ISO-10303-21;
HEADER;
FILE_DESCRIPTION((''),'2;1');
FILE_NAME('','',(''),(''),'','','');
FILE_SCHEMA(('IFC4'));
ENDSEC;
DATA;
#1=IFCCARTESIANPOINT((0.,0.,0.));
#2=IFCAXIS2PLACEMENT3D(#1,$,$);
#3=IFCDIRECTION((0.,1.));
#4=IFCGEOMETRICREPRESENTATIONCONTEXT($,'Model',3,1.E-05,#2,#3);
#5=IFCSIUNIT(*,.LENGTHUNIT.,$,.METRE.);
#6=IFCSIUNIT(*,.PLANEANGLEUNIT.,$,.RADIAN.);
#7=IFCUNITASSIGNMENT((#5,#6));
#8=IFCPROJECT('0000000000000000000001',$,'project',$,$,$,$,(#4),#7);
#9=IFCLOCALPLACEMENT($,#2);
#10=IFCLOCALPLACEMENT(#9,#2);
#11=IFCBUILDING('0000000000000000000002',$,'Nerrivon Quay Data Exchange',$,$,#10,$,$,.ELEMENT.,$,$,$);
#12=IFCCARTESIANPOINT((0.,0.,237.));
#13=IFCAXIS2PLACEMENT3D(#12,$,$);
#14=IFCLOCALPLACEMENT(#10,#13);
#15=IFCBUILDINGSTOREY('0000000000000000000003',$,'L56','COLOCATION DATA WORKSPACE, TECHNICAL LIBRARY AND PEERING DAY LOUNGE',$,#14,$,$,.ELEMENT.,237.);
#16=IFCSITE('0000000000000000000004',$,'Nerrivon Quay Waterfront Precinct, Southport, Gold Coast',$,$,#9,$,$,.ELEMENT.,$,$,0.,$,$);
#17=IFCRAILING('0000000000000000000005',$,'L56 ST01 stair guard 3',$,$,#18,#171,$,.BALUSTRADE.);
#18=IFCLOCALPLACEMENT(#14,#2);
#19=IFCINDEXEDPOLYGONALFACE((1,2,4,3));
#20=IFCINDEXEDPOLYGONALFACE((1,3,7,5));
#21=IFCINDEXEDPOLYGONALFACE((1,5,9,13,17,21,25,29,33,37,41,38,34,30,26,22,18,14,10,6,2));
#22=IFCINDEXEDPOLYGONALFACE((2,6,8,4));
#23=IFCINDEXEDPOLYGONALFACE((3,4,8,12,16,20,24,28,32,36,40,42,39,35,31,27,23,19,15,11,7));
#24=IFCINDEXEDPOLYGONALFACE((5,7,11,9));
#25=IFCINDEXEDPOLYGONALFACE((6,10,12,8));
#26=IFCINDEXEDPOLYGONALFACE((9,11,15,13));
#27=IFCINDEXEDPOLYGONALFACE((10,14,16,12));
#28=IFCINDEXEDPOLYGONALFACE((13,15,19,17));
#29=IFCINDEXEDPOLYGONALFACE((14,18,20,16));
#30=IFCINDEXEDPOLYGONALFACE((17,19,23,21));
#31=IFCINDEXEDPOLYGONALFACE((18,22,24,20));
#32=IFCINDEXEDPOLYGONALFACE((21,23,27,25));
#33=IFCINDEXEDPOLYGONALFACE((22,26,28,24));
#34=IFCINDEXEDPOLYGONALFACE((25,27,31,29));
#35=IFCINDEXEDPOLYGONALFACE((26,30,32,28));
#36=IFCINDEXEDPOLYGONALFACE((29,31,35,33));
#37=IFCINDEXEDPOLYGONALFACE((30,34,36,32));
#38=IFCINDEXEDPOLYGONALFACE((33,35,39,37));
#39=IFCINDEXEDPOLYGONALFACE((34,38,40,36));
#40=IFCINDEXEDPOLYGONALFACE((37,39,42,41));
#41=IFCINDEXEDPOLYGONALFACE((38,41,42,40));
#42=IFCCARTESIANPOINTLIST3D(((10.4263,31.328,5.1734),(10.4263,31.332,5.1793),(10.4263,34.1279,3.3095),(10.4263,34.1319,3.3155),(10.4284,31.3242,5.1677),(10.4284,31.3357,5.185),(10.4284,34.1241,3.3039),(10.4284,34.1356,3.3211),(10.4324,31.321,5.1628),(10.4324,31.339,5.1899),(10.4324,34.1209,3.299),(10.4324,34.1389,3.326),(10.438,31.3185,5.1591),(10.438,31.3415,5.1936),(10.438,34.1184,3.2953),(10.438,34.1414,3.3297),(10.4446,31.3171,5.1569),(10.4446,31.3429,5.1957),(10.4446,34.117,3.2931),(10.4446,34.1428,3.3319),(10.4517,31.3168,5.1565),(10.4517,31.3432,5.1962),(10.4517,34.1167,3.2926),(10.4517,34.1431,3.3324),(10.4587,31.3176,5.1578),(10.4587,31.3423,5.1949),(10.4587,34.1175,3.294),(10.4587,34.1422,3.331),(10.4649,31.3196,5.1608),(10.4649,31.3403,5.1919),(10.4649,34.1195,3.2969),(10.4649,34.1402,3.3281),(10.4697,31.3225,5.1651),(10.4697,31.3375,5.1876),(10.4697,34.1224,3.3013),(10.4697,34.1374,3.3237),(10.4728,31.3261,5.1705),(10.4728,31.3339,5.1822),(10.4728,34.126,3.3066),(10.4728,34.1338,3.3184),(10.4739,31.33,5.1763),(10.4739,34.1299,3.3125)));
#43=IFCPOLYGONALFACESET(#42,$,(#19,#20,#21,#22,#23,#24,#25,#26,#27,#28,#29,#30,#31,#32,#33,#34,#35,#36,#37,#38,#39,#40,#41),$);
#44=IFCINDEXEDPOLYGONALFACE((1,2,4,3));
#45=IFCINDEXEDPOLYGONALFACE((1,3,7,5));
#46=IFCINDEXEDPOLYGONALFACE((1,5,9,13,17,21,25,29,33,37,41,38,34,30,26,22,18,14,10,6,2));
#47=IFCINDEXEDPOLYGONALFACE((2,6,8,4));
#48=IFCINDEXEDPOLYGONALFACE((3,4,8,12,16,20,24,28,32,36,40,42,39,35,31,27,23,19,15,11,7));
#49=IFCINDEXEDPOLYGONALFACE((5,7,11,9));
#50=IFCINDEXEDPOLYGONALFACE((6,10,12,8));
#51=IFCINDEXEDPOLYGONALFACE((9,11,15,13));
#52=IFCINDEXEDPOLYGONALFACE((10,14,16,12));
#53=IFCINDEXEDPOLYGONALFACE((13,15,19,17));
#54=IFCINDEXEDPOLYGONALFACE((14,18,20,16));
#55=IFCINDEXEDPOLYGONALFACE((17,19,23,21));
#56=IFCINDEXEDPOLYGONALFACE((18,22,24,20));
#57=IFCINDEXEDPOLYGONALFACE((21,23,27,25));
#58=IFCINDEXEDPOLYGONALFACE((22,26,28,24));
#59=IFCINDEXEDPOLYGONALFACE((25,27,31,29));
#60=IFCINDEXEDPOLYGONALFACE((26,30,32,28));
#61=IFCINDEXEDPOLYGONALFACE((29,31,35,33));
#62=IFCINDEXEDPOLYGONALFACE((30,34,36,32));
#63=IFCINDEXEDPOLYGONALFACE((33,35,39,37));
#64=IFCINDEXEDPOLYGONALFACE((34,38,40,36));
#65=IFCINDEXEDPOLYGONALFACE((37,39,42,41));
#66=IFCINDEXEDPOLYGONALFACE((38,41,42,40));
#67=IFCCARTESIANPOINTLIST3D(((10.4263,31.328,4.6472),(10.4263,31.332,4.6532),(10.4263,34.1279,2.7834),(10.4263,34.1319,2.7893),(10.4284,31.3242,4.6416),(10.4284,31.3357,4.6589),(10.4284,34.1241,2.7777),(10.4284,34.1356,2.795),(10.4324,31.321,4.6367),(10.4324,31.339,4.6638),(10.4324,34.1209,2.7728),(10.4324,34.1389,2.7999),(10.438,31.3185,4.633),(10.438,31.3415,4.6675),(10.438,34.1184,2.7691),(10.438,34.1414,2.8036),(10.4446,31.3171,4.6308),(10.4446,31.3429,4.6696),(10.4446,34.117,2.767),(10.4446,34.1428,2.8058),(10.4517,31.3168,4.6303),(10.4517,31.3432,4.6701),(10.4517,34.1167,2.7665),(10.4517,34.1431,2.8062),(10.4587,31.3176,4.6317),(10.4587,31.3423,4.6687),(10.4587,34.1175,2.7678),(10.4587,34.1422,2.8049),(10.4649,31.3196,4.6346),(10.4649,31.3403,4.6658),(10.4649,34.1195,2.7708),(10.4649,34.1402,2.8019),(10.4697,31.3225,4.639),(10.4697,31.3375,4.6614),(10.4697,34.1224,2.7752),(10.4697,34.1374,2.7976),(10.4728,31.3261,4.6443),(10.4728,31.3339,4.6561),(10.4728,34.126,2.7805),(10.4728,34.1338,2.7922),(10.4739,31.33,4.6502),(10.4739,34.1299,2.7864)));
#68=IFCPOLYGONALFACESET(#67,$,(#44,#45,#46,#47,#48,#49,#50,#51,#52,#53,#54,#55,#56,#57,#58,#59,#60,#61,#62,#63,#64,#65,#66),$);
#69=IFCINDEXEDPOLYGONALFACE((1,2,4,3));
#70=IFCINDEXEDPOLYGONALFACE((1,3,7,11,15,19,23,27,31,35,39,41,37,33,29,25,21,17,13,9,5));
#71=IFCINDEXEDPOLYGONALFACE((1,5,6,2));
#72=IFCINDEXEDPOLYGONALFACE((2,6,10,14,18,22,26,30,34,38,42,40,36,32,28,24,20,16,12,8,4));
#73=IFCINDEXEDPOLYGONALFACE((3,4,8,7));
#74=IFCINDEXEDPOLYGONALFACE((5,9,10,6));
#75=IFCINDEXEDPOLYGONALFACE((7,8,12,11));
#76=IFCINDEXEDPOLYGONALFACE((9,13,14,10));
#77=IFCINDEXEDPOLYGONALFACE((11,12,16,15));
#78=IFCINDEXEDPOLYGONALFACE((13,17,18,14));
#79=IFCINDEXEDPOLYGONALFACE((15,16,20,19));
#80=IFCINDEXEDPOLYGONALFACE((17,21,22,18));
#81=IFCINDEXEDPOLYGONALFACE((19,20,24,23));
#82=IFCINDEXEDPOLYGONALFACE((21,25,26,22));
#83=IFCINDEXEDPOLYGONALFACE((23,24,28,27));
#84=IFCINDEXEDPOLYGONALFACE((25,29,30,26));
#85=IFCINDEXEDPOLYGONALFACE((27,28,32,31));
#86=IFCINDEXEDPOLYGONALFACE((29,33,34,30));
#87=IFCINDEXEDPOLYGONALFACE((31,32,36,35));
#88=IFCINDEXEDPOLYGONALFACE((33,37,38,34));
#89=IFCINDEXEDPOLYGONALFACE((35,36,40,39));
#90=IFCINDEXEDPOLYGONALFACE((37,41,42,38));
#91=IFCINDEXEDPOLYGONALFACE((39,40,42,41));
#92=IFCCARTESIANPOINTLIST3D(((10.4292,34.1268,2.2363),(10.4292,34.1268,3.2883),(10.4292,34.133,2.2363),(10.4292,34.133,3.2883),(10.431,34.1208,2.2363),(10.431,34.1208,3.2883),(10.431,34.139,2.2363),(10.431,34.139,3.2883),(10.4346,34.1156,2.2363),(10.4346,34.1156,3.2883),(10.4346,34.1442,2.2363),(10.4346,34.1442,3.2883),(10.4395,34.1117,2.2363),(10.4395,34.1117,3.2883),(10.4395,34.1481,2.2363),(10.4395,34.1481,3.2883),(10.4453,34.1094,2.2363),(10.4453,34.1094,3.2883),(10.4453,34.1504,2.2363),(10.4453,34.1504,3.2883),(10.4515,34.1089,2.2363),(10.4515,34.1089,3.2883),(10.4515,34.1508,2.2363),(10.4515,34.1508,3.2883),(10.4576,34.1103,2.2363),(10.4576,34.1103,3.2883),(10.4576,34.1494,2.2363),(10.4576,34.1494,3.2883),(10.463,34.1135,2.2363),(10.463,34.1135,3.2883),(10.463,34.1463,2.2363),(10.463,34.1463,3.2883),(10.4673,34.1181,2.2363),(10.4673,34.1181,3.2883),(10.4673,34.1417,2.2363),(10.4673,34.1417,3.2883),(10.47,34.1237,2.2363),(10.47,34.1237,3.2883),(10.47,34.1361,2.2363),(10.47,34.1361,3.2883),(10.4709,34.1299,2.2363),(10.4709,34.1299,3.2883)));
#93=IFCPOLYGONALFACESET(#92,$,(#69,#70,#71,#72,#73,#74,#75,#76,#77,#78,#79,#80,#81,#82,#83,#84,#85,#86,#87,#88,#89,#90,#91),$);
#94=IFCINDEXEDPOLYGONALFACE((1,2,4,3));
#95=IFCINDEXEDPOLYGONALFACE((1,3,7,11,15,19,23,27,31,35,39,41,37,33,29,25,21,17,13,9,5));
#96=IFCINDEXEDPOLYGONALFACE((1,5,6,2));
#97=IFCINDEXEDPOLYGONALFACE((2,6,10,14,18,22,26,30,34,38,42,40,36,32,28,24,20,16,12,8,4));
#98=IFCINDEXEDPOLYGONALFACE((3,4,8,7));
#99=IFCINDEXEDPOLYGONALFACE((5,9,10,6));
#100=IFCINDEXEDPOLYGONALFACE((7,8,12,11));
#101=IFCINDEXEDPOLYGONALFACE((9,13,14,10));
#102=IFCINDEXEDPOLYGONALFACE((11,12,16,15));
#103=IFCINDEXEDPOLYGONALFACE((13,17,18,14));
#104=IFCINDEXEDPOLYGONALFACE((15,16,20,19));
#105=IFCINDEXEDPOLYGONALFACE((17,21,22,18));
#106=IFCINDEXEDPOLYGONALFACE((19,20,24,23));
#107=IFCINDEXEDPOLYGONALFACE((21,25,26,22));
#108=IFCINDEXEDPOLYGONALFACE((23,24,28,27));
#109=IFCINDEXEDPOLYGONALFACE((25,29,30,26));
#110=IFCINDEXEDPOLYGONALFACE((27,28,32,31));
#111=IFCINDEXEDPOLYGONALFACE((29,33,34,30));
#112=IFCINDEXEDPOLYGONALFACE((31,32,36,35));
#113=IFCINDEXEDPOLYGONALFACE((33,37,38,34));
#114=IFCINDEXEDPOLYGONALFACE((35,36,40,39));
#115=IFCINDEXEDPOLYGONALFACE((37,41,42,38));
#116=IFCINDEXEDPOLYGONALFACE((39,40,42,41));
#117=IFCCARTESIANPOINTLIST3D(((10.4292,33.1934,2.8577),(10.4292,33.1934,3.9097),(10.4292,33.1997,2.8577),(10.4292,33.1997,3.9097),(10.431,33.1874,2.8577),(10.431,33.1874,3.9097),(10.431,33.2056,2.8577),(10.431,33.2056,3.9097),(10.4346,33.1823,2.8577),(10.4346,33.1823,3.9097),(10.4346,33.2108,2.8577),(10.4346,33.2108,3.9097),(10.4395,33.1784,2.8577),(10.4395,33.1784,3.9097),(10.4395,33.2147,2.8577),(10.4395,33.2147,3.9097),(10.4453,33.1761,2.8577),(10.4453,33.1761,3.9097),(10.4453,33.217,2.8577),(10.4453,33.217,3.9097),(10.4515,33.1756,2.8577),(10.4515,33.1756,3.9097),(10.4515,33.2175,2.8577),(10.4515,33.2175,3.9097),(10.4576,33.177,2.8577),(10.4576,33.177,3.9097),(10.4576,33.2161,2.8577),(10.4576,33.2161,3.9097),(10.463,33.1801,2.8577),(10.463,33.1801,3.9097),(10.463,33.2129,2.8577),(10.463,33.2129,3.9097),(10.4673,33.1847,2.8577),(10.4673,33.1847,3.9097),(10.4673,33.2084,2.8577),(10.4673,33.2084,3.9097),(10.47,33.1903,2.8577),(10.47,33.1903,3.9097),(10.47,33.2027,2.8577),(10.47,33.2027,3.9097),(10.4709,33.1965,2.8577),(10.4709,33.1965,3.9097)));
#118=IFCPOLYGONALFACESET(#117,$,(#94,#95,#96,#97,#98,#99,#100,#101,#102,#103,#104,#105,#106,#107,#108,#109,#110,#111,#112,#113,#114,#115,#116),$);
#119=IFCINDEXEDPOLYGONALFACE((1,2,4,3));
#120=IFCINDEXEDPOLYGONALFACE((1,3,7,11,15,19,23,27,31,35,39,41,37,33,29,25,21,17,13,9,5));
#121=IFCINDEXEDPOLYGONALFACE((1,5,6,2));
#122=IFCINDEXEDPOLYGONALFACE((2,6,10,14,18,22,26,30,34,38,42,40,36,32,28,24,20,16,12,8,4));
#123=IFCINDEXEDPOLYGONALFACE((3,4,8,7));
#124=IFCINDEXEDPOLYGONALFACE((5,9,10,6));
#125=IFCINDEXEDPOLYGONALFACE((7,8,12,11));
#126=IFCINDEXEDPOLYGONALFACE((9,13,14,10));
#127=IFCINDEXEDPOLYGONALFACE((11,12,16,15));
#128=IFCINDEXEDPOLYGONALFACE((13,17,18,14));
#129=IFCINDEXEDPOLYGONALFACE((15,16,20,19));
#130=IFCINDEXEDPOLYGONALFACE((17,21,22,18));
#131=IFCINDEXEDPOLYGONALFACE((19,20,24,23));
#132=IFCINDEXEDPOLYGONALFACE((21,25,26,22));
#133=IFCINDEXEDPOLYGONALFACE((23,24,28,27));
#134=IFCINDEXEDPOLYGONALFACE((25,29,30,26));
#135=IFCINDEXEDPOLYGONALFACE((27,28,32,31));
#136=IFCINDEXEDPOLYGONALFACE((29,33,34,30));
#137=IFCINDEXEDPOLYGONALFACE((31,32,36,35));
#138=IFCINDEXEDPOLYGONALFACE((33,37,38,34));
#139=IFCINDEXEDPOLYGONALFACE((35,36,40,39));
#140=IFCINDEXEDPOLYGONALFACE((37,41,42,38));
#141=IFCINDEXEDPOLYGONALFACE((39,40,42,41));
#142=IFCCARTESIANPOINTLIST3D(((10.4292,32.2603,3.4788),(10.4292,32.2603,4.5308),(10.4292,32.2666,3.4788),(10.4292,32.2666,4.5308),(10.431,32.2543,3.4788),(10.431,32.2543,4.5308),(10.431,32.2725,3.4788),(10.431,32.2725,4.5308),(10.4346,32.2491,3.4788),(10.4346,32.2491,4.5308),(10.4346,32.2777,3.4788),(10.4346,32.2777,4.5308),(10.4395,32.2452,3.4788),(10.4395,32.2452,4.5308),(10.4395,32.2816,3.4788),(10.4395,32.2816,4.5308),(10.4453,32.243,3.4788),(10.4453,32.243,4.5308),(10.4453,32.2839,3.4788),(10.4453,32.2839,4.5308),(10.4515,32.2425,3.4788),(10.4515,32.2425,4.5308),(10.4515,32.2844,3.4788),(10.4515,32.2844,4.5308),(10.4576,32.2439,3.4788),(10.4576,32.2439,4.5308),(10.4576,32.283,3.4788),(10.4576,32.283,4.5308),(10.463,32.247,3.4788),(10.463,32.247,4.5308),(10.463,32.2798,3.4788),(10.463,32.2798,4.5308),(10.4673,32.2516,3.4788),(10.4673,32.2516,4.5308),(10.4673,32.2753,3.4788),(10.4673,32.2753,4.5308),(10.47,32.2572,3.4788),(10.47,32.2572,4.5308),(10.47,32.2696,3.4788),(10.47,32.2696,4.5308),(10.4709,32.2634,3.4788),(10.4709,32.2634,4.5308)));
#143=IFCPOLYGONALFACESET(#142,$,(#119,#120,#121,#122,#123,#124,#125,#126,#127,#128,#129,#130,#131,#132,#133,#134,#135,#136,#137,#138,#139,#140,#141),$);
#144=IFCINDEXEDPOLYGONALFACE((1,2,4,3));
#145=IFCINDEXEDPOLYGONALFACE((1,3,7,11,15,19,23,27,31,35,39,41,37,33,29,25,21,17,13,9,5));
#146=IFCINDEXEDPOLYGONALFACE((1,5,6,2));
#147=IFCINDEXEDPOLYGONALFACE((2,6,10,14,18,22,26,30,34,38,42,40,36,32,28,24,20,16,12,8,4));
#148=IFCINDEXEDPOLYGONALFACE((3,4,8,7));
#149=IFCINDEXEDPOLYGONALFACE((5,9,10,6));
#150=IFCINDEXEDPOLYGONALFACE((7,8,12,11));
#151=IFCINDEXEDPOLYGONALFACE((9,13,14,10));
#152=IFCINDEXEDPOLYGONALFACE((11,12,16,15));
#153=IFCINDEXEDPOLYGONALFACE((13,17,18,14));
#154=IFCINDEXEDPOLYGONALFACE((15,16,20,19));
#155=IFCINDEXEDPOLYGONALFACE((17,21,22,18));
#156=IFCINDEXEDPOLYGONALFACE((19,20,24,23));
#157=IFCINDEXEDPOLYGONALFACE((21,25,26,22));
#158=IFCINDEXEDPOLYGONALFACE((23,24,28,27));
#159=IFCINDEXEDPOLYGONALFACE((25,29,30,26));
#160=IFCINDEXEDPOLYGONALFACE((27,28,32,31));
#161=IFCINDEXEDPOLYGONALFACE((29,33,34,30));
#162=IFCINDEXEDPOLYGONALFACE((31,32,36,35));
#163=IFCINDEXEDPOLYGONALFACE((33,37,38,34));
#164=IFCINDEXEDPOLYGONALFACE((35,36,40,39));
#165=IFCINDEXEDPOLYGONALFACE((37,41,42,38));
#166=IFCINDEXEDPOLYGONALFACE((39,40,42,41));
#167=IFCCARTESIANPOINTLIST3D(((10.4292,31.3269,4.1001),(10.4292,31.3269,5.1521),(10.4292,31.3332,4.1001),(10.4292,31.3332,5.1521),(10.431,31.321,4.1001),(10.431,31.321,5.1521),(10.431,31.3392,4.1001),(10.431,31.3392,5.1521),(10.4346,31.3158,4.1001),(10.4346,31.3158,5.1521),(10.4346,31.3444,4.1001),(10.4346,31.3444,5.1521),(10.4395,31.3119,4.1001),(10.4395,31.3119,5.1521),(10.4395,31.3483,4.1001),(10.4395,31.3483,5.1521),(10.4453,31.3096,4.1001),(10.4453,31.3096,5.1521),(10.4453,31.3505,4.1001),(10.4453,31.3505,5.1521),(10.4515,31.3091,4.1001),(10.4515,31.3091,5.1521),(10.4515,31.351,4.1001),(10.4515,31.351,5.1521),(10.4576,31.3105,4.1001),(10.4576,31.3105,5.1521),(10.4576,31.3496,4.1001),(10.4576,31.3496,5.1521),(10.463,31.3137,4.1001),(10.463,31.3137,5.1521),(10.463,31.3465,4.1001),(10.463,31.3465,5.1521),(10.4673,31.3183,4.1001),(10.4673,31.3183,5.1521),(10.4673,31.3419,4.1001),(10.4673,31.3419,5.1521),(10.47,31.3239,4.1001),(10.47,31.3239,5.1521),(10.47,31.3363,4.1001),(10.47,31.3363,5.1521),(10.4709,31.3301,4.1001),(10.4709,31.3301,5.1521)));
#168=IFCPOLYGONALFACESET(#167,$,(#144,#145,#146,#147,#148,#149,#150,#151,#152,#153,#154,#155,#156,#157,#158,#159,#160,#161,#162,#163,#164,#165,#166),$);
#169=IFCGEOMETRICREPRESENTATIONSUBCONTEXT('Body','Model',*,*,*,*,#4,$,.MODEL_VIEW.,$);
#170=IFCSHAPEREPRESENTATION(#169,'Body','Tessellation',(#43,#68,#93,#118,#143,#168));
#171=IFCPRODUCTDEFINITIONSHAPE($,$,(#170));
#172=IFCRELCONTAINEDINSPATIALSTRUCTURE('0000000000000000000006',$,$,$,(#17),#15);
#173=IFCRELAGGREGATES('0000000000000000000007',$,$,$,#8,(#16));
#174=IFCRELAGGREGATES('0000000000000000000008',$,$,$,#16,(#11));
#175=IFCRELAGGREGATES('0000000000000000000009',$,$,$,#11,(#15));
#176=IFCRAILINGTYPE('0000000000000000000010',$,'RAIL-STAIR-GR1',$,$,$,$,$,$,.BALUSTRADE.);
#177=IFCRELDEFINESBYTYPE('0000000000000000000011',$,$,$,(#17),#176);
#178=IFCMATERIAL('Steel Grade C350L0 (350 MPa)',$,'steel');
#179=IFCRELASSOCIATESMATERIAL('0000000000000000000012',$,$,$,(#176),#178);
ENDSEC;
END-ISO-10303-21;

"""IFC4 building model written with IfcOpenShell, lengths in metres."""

from ifc_helpers import new_model, si_unit, direction, frame, origin, origin_2d, place, context, subcontext, project, spatial, circle, extrude, material, type_object, element, save


model = new_model("IFC4")

# Units and contexts
model_context = context("Model", 3, precision=1e-05, world=origin(), true_north=direction((0.0, 1.0)))
body_context = subcontext(model_context, "Body", "Model", "MODEL_VIEW")
ifc_project = project(units=[si_unit("LENGTHUNIT", "METRE"), si_unit("PLANEANGLEUNIT", "RADIAN")], contexts=[model_context])

# Site, building, storey
site_placement = place(None, origin())
site = spatial("IfcSite", under=ifc_project, at=site_placement, Name="Nerrivon Quay Waterfront Precinct, Southport, Gold Coast", CompositionType="ELEMENT", RefElevation=0.0)
building_placement = place(site_placement, origin())
building = spatial("IfcBuilding", under=site, at=building_placement, Name="Nerrivon Quay Data Exchange", CompositionType="ELEMENT")
storey_placement = place(building_placement, frame((0.0, 0.0, 237.0)))
storey = spatial("IfcBuildingStorey", under=building, at=storey_placement, Name="L56", Description="COLOCATION DATA WORKSPACE, TECHNICAL LIBRARY AND PEERING DAY LOUNGE", CompositionType="ELEMENT", Elevation=237.0)

# Shared definitions
ifc_material_1 = material(Name="Steel Grade C350L0 (350 MPa)", Category="steel")

# Railing
railing_type_1 = type_object("IfcRailingType", Name="RAIL-STAIR-GR1", PredefinedType="BALUSTRADE", material=ifc_material_1)
railing_1_placement = place(storey_placement, frame((10.45, 34.1299, 2.2363)))
element("IfcRailing", 1, at=railing_1_placement, inside=storey, type_object=railing_type_1, Name="L56 ST01 stair guard 3", PredefinedType="BALUSTRADE", context=body_context, shape_type="SweptSolid", body=[
    extrude(circle(Radius=0.0239, at=origin_2d()), frame((0.0, 0.0, 1.0762), z_axis=(0.0, -0.83243, 0.554131), x_axis=(1.0, 0.0, 0.0)), (0.0, 0.0, 1.0), 3.3635),
    extrude(circle(Radius=0.0239, at=origin_2d()), frame((0.0, 0.0, 0.55), z_axis=(0.0, -0.83243, 0.554131), x_axis=(1.0, 0.0, 0.0)), (0.0, 0.0, 1.0), 3.3635),
    extrude(circle(Radius=0.021, at=origin_2d()), origin(), (0.0, 0.0, 1.0), 1.052),
    extrude(circle(Radius=0.021, at=origin_2d()), frame((0.0, -0.9333, 0.6213)), (0.0, 0.0, 1.0), 1.052),
    extrude(circle(Radius=0.021, at=origin_2d()), frame((0.0, -1.8665, 1.2424)), (0.0, 0.0, 1.0), 1.052),
    extrude(circle(Radius=0.021, at=origin_2d()), frame((0.0, -2.7998, 1.8638)), (0.0, 0.0, 1.0), 1.052),
])

save(model, "model.ifc")
